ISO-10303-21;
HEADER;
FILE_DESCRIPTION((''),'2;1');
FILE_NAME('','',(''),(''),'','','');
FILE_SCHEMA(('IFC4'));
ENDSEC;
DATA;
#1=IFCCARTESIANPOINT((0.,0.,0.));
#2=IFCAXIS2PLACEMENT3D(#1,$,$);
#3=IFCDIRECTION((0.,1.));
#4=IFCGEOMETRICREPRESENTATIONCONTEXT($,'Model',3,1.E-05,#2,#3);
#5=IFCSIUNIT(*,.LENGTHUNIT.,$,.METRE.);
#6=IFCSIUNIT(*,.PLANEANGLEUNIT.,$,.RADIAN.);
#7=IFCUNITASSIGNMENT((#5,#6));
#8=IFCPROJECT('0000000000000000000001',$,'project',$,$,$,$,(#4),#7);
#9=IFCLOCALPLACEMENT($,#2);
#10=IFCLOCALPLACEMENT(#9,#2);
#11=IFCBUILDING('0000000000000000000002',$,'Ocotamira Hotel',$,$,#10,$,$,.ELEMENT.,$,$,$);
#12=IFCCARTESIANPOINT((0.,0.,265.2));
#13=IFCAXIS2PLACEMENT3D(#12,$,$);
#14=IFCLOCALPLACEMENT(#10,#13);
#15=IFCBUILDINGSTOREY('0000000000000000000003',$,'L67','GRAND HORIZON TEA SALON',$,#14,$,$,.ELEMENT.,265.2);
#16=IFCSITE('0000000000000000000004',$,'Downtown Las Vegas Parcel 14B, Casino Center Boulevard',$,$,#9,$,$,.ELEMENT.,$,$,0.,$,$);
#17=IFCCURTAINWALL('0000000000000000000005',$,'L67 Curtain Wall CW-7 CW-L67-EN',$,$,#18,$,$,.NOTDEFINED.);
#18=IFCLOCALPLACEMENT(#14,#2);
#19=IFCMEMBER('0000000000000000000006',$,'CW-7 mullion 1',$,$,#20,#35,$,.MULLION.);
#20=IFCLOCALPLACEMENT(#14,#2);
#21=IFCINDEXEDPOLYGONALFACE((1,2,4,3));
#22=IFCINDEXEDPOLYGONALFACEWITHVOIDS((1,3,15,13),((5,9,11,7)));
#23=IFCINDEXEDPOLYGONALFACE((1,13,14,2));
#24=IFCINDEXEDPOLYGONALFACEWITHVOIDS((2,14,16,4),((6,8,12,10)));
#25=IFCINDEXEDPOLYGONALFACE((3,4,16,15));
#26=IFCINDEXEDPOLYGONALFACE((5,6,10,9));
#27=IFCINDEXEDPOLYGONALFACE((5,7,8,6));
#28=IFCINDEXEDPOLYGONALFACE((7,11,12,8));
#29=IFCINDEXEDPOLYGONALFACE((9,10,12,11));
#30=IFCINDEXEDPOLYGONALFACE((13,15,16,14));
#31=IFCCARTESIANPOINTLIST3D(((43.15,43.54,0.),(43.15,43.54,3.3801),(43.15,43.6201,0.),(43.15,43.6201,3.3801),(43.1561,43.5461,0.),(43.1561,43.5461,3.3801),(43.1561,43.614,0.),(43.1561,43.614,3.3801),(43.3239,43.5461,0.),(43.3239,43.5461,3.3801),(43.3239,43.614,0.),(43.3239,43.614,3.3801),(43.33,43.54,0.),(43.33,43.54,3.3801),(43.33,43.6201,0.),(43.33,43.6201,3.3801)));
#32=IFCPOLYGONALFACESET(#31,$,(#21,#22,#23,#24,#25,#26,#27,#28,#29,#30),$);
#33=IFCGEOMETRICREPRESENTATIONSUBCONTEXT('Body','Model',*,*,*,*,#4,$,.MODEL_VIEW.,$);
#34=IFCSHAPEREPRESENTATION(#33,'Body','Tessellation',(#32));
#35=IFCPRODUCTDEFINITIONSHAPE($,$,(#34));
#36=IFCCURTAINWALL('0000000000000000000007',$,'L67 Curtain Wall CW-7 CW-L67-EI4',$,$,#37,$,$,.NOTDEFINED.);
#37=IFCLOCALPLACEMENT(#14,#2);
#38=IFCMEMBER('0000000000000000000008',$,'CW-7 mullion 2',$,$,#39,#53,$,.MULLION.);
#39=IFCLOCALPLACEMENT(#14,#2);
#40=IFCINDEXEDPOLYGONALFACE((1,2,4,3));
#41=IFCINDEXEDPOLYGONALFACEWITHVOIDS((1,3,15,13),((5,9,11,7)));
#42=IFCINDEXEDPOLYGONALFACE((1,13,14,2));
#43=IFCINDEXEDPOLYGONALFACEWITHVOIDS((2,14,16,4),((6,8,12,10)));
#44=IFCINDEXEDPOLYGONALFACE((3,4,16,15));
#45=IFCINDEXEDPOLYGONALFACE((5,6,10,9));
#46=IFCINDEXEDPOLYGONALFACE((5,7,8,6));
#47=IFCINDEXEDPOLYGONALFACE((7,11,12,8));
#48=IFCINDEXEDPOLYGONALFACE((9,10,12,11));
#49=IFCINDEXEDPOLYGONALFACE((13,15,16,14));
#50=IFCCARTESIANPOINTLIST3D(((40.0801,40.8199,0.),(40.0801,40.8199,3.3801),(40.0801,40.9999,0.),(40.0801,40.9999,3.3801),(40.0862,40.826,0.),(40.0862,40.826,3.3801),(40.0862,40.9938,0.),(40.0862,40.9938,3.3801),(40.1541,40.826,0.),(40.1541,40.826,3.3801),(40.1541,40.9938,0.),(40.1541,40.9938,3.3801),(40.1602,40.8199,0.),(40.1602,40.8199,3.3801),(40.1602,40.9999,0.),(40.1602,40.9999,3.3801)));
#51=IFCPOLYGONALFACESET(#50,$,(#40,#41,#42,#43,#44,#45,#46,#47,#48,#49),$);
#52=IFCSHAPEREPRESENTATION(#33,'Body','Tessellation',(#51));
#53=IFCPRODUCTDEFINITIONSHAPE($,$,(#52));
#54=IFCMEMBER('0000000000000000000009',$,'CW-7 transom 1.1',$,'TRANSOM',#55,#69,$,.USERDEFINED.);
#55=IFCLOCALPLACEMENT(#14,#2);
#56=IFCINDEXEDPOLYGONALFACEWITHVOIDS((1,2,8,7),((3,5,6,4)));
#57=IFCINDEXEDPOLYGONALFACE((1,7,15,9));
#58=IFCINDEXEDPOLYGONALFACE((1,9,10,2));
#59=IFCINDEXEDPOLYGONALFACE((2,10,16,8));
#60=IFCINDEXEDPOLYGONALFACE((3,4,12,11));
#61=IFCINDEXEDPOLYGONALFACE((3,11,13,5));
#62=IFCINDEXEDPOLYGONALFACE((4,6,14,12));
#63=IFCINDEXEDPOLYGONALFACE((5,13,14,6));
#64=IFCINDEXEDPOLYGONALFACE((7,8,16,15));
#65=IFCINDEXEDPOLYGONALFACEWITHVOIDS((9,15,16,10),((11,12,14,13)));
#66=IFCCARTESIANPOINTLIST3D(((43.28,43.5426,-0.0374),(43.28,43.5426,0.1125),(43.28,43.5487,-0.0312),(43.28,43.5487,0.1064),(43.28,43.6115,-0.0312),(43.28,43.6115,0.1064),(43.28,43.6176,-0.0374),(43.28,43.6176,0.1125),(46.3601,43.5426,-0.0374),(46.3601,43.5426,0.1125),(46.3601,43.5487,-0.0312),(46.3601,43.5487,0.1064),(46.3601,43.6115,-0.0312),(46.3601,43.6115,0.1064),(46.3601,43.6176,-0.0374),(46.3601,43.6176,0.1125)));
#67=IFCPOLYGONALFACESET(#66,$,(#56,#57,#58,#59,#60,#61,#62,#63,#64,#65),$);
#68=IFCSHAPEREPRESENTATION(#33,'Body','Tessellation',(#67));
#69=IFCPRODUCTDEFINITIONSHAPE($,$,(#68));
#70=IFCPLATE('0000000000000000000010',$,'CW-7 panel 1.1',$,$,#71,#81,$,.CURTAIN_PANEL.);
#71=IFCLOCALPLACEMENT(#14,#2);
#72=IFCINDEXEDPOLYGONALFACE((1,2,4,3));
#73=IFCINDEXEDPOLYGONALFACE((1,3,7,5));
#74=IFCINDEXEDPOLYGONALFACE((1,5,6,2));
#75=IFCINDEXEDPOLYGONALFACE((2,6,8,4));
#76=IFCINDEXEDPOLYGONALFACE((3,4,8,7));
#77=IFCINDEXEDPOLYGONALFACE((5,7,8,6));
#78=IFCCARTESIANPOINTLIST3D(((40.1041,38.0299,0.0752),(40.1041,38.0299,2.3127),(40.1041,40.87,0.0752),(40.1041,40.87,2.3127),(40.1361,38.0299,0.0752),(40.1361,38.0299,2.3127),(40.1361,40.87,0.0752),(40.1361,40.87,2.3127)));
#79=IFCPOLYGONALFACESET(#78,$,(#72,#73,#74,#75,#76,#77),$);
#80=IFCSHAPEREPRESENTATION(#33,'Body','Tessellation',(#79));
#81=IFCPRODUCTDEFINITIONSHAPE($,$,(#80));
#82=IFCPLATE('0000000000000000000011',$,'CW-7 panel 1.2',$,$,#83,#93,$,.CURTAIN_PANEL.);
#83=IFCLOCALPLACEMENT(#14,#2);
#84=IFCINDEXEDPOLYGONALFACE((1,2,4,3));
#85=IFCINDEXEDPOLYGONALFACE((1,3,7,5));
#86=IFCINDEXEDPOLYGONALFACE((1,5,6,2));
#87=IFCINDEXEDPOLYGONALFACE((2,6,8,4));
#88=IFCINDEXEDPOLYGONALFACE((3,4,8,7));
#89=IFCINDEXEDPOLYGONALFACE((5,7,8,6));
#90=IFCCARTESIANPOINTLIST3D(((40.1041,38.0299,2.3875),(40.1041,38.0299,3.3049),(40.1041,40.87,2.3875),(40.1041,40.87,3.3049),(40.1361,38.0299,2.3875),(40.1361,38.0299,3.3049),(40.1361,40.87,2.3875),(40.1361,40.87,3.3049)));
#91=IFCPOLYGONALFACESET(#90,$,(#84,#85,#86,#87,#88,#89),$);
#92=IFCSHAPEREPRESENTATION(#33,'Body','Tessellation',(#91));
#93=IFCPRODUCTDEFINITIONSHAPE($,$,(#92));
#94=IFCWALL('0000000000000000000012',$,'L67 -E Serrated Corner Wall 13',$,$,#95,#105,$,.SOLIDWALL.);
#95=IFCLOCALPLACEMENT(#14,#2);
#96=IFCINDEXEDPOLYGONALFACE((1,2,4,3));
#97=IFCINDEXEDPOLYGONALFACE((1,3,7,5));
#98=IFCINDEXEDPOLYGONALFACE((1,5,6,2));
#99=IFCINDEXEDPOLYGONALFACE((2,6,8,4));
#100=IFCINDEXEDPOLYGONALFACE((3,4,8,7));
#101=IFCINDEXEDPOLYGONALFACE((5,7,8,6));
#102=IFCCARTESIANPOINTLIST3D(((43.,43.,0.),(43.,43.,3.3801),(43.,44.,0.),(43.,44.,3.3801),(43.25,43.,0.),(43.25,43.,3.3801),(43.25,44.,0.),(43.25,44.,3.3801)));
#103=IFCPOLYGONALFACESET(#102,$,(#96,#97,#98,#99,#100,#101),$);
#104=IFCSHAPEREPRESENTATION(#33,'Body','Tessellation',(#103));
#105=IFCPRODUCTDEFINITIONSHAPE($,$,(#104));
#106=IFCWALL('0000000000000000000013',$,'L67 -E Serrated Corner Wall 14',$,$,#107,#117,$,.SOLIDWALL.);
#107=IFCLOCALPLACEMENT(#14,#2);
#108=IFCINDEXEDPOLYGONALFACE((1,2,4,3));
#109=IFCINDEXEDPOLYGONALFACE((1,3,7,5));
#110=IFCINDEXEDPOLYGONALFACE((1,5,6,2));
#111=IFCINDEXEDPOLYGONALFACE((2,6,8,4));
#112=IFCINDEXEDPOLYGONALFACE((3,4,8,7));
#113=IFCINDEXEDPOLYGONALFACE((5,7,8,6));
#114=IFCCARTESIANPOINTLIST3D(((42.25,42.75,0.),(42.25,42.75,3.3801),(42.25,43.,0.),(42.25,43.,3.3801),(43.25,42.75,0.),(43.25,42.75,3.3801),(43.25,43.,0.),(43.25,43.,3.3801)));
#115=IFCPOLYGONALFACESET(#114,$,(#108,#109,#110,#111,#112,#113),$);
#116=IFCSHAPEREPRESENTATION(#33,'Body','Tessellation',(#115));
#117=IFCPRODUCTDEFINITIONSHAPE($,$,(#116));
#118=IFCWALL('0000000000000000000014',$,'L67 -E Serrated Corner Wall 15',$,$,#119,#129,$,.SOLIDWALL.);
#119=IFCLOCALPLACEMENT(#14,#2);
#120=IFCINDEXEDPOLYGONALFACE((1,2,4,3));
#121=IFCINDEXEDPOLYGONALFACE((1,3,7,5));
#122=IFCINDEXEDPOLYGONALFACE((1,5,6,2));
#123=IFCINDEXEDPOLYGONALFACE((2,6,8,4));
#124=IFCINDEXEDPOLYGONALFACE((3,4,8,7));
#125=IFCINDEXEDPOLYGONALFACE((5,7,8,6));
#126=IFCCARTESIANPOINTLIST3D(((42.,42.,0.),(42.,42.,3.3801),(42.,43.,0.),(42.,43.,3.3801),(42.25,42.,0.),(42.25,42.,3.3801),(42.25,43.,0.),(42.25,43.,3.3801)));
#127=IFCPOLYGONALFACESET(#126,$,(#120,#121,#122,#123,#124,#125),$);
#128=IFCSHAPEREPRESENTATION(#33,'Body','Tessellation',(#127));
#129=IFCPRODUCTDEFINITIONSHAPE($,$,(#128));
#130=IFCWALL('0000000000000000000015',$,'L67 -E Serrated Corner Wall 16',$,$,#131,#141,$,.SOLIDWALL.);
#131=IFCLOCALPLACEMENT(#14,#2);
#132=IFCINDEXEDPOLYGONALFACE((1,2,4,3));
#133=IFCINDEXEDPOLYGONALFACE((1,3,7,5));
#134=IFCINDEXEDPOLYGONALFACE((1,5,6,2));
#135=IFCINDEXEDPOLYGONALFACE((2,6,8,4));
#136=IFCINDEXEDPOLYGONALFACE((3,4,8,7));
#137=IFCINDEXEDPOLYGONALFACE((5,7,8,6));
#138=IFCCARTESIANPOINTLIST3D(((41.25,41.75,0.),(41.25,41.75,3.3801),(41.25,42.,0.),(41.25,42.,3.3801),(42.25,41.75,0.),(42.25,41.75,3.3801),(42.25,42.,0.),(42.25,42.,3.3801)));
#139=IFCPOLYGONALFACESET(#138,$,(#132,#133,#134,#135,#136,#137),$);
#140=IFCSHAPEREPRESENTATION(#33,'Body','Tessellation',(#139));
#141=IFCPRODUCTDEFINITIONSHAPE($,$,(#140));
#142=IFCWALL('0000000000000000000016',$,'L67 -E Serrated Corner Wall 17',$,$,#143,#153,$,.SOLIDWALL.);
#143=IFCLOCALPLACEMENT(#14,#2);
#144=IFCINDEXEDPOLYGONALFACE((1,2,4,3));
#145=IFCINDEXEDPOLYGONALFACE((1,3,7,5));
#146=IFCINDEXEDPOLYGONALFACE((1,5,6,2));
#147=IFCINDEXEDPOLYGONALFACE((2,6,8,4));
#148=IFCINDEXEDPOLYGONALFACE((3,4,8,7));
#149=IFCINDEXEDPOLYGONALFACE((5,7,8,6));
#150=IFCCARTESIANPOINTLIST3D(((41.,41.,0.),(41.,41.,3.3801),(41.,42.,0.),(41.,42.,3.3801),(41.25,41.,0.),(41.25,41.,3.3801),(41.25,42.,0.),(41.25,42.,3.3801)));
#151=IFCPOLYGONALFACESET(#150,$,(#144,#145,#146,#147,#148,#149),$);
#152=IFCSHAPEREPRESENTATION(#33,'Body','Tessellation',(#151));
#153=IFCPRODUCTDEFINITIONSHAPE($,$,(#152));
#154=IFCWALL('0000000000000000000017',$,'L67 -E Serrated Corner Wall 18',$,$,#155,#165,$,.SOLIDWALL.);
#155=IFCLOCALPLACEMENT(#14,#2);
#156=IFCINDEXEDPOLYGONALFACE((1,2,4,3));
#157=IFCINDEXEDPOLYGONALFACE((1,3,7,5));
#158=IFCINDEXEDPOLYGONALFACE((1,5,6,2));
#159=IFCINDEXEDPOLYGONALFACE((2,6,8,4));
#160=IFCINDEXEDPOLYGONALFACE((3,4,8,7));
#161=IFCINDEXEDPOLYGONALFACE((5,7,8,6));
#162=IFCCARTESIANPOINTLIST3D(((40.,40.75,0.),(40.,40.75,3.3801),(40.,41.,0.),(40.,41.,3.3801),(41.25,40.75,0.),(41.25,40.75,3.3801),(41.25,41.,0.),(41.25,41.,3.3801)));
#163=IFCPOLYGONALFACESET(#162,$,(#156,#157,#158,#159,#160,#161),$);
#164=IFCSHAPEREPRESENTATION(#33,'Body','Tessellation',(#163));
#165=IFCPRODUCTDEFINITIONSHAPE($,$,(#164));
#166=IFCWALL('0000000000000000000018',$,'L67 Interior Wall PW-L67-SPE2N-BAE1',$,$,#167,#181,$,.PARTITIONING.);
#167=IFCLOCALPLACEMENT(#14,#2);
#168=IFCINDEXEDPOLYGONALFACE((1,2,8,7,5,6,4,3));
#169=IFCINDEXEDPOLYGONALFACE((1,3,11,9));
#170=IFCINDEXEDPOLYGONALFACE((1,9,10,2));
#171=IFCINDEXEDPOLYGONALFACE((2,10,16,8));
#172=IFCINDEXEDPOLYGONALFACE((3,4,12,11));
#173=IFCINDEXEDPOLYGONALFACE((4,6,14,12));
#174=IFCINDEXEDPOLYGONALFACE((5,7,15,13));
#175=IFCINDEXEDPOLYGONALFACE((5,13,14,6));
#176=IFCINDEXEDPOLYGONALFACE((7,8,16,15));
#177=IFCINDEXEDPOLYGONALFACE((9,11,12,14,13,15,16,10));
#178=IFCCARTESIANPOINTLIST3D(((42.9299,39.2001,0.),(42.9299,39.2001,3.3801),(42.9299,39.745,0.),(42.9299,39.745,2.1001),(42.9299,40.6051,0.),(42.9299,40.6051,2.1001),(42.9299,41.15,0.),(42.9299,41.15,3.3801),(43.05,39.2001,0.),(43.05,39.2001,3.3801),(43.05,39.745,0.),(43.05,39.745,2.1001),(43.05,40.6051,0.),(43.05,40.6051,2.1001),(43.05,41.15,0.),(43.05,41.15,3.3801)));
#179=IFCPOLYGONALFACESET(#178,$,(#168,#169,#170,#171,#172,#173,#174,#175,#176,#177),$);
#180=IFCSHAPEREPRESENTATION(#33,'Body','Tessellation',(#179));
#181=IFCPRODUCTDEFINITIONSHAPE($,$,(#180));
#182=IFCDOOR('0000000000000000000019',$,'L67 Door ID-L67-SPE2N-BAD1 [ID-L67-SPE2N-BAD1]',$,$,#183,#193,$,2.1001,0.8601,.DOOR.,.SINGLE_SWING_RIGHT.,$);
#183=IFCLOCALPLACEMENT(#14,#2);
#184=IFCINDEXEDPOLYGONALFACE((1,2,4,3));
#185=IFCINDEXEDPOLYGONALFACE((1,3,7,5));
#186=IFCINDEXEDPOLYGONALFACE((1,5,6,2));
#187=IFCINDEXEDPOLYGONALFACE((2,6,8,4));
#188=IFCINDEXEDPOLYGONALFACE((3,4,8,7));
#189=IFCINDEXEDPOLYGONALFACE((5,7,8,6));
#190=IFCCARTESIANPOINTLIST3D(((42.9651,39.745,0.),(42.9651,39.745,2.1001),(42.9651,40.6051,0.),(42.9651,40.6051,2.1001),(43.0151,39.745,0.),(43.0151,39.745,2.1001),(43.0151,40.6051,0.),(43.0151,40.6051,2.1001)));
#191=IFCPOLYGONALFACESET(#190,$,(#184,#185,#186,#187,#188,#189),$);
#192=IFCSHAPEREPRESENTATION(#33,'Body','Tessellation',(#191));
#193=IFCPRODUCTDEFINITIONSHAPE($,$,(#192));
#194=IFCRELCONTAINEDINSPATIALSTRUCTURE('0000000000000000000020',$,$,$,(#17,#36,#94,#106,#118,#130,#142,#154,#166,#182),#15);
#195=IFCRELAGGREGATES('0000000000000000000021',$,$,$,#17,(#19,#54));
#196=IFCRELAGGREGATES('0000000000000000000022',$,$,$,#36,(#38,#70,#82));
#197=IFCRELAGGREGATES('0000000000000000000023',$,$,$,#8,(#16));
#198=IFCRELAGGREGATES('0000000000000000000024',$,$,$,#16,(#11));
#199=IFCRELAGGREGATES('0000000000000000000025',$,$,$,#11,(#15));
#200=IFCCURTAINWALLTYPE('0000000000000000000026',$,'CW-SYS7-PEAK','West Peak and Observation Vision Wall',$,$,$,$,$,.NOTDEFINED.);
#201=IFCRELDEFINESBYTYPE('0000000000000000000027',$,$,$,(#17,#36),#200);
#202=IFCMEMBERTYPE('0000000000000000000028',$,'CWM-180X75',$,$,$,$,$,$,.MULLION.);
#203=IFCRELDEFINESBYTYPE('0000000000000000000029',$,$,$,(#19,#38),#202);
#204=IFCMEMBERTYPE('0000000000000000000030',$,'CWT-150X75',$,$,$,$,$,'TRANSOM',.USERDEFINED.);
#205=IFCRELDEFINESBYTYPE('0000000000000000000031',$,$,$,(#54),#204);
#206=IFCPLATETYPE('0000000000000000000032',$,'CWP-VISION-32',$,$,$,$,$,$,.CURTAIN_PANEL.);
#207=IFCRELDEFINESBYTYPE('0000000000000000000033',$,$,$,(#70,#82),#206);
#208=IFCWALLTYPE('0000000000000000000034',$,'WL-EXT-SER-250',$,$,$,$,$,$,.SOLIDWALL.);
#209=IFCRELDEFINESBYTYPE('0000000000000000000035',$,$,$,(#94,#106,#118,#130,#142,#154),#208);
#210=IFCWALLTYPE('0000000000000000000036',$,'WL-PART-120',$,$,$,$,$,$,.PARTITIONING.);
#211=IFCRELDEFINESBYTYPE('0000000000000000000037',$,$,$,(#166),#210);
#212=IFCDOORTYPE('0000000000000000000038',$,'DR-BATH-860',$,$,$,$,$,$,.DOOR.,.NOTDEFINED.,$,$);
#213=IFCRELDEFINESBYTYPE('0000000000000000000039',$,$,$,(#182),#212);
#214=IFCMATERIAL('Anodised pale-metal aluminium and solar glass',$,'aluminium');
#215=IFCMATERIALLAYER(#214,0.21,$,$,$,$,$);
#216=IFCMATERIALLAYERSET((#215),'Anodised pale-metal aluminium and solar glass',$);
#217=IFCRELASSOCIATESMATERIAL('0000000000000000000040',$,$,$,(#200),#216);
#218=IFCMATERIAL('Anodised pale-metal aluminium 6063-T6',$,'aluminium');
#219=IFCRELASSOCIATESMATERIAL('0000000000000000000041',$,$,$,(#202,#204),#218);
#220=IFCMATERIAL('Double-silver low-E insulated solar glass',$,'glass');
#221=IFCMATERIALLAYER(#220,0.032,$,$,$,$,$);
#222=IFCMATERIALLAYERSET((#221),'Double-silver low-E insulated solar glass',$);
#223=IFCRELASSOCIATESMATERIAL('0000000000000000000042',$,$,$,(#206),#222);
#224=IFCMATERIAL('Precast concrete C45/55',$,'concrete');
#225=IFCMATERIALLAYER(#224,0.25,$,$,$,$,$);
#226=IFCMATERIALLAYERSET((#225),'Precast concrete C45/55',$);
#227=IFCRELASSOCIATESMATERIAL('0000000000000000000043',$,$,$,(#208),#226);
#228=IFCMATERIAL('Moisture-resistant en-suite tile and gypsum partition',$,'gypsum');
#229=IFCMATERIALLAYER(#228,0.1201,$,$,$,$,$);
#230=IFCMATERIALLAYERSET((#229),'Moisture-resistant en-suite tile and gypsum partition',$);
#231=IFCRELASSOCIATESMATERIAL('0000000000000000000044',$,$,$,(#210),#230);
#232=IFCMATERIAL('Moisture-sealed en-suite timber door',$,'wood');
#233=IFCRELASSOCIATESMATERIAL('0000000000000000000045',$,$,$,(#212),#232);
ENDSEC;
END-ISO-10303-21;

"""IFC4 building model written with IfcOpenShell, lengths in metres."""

from ifc_helpers import new_model, si_unit, direction, frame, frame_2d, origin, origin_2d, place, context, subcontext, project, spatial, rectangle, hollow_rectangle, extrude, source, transform, mapped, material, layer, layer_set, material_profile, profile_set, type_object, element, fill, aggregate, save


model = new_model("IFC4")

# Units and contexts
model_context = context("Model", 3, precision=1e-05, world=origin(), true_north=direction((0.0, 1.0)))
body_context = subcontext(model_context, "Body", "Model", "MODEL_VIEW")
ifc_project = project(units=[si_unit("LENGTHUNIT", "METRE"), si_unit("PLANEANGLEUNIT", "RADIAN")], contexts=[model_context])

# Site, building, storey
site_placement = place(None, origin())
site = spatial("IfcSite", under=ifc_project, at=site_placement, Name="Downtown Las Vegas Parcel 14B, Casino Center Boulevard", CompositionType="ELEMENT", RefElevation=0.0)
building_placement = place(site_placement, origin())
building = spatial("IfcBuilding", under=site, at=building_placement, Name="Ocotamira Hotel", CompositionType="ELEMENT")
storey_placement = place(building_placement, frame((0.0, 0.0, 265.2)))
storey = spatial("IfcBuildingStorey", under=building, at=storey_placement, Name="L67", Description="GRAND HORIZON TEA SALON", CompositionType="ELEMENT", Elevation=265.2)

# Curtain walls, members
ifc_material_1 = material(Name="Anodised pale-metal aluminium and solar glass", Category="aluminium")
ifc_layer_1 = layer(ifc_material_1, 0.21)
ifc_layer_set_1 = layer_set([ifc_layer_1], Name="Anodised pale-metal aluminium and solar glass")
curtain_wall_type = type_object("IfcCurtainWallType", Name="CW-SYS7-PEAK", Description="West Peak and Observation Vision Wall", PredefinedType="NOTDEFINED", material=ifc_layer_set_1)
curtain_wall_1_placement = place(storey_placement, origin())
curtain_wall_1 = element("IfcCurtainWall", 1, at=curtain_wall_1_placement, inside=storey, type_object=curtain_wall_type, Name="L67 Curtain Wall CW-7 CW-L67-EN", PredefinedType="NOTDEFINED")
ifc_material_2 = material(Name="Anodised pale-metal aluminium 6063-T6", Category="aluminium")
ifc_material_profile_1 = material_profile(ifc_material_2, hollow_rectangle(XDim=0.0801, YDim=0.1799, WallThickness=0.0061, at=origin_2d()), Name="HSS180X80X6")
ifc_profile_set_1 = profile_set([ifc_material_profile_1], Name="Anodised pale-metal aluminium 6063-T6")
member_type_1 = type_object("IfcMemberType", Name="CWM-180X75", PredefinedType="MULLION", material=ifc_profile_set_1)
shared_shape_1 = source(origin(), body_context, "Body", "SweptSolid", [
    extrude(hollow_rectangle(XDim=0.0801, YDim=0.1799, WallThickness=0.0061, at=origin_2d()), origin(), (0.0, 0.0, 1.0), 3.3801),
])
member_1_placement = place(storey_placement, frame((43.24, 43.5801, 0.0), z_axis=(0.0, 0.0, 1.0), x_axis=(0.0, 1.0, 0.0)))
member_1 = element("IfcMember", 2, at=member_1_placement, type_object=member_type_1, Name="CW-7 mullion 1", PredefinedType="MULLION", context=body_context, shape_type="MappedRepresentation", body=[
    mapped(shared_shape_1, transform((0.0, 0.0, 0.0), scale=1.0)),
])
curtain_wall_2_placement = place(storey_placement, origin())
curtain_wall_2 = element("IfcCurtainWall", 3, at=curtain_wall_2_placement, inside=storey, type_object=curtain_wall_type, Name="L67 Curtain Wall CW-7 CW-L67-EI4", PredefinedType="NOTDEFINED")
member_2_placement = place(storey_placement, frame((40.1201, 40.9099, 0.0), z_axis=(0.0, 0.0, 1.0), x_axis=(-1.0, 0.0, 0.0)))
member_2 = element("IfcMember", 4, at=member_2_placement, type_object=member_type_1, Name="CW-7 mullion 2", PredefinedType="MULLION", context=body_context, shape_type="MappedRepresentation", body=[
    mapped(shared_shape_1, transform((0.0, 0.0, 0.0), scale=1.0)),
])

# Member
ifc_material_profile_2 = material_profile(ifc_material_2, hollow_rectangle(XDim=0.075, YDim=0.1499, WallThickness=0.0061, at=origin_2d()), Name="HSS150X75X6")
ifc_profile_set_2 = profile_set([ifc_material_profile_2], Name="Anodised pale-metal aluminium 6063-T6")
member_type_2 = type_object("IfcMemberType", Name="CWT-150X75", ElementType="TRANSOM", PredefinedType="USERDEFINED", material=ifc_profile_set_2)
shared_shape_2 = source(origin(), body_context, "Body", "SweptSolid", [
    extrude(hollow_rectangle(XDim=0.075, YDim=0.1499, WallThickness=0.0061, at=origin_2d()), origin(), (0.0, 0.0, 1.0), 3.0801),
])
member_3_placement = place(storey_placement, frame((43.28, 43.5801, 0.0376), z_axis=(1.0, 0.0, 0.0), x_axis=(0.0, 1.0, 0.0)))
member_3 = element("IfcMember", 5, at=member_3_placement, type_object=member_type_2, Name="CW-7 transom 1.1", ObjectType="TRANSOM", PredefinedType="USERDEFINED", context=body_context, shape_type="MappedRepresentation", body=[
    mapped(shared_shape_2, transform((0.0, 0.0, 0.0), scale=1.0)),
])
aggregate(curtain_wall_1, [member_1, member_3])

# Plates
ifc_material_3 = material(Name="Double-silver low-E insulated solar glass", Category="glass")
ifc_layer_2 = layer(ifc_material_3, 0.032)
ifc_layer_set_2 = layer_set([ifc_layer_2], Name="Double-silver low-E insulated solar glass")
plate_type = type_object("IfcPlateType", Name="CWP-VISION-32", PredefinedType="CURTAIN_PANEL", material=ifc_layer_set_2)
shared_shape_3 = source(origin(), body_context, "Body", "SweptSolid", [
    extrude(rectangle(XDim=2.8401, YDim=0.032, at=origin_2d()), origin(), (0.0, 0.0, 1.0), 2.2375),
])
plate_1_placement = place(storey_placement, frame((40.1201, 39.45, 0.0752), z_axis=(0.0, 0.0, 1.0), x_axis=(0.0, 1.0, 0.0)))
plate_1 = element("IfcPlate", 6, at=plate_1_placement, type_object=plate_type, Name="CW-7 panel 1.1", PredefinedType="CURTAIN_PANEL", context=body_context, shape_type="MappedRepresentation", body=[
    mapped(shared_shape_3, transform((0.0, 0.0, 0.0), scale=1.0)),
])
shared_shape_4 = source(origin(), body_context, "Body", "SweptSolid", [
    extrude(rectangle(XDim=2.8401, YDim=0.032, at=origin_2d()), origin(), (0.0, 0.0, 1.0), 0.9175),
])
plate_2_placement = place(storey_placement, frame((40.1201, 39.45, 2.3875), z_axis=(0.0, 0.0, 1.0), x_axis=(0.0, 1.0, 0.0)))
plate_2 = element("IfcPlate", 7, at=plate_2_placement, type_object=plate_type, Name="CW-7 panel 1.2", PredefinedType="CURTAIN_PANEL", context=body_context, shape_type="MappedRepresentation", body=[
    mapped(shared_shape_4, transform((0.0, 0.0, 0.0), scale=1.0)),
])
aggregate(curtain_wall_2, [member_2, plate_1, plate_2])

# Walls
ifc_material_4 = material(Name="Precast concrete C45/55", Category="concrete")
ifc_layer_3 = layer(ifc_material_4, 0.25)
ifc_layer_set_3 = layer_set([ifc_layer_3], Name="Precast concrete C45/55")
wall_type_1 = type_object("IfcWallType", Name="WL-EXT-SER-250", PredefinedType="SOLIDWALL", material=ifc_layer_set_3)
for number, where, z_axis, x_axis, name in (
    (8, (43.125, 44.0, 0.0), (0.0, 0.0, 1.0), (0.0, -1.0, 0.0), "L67 -E Serrated Corner Wall 13"),
    (9, (43.25, 42.875, 0.0), (0.0, 0.0, 1.0), (-1.0, 0.0, 0.0), "L67 -E Serrated Corner Wall 14"),
    (10, (42.125, 43.0, 0.0), (0.0, 0.0, 1.0), (0.0, -1.0, 0.0), "L67 -E Serrated Corner Wall 15"),
    (11, (42.25, 41.875, 0.0), (0.0, 0.0, 1.0), (-1.0, 0.0, 0.0), "L67 -E Serrated Corner Wall 16"),
    (12, (41.125, 42.0, 0.0), (0.0, 0.0, 1.0), (0.0, -1.0, 0.0), "L67 -E Serrated Corner Wall 17"),
):
    element("IfcWall", number, at=place(storey_placement, frame(where, z_axis=z_axis, x_axis=x_axis)), inside=storey, type_object=wall_type_1, Name=name, PredefinedType="SOLIDWALL", context=body_context, shape_type="SweptSolid", body=[
        extrude(rectangle(XDim=1.0, YDim=0.25, at=frame_2d((0.5, 0.0))), origin(), (0.0, 0.0, 1.0), 3.3801),
    ])
wall_1_placement = place(storey_placement, frame((41.25, 40.875, 0.0), z_axis=(0.0, 0.0, 1.0), x_axis=(-1.0, 0.0, 0.0)))
element("IfcWall", 13, at=wall_1_placement, inside=storey, type_object=wall_type_1, Name="L67 -E Serrated Corner Wall 18", PredefinedType="SOLIDWALL", context=body_context, shape_type="SweptSolid", body=[
    extrude(rectangle(XDim=1.25, YDim=0.25, at=frame_2d((0.625, 0.0))), origin(), (0.0, 0.0, 1.0), 3.3801),
])

# Wall, opening, door
ifc_material_5 = material(Name="Moisture-resistant en-suite tile and gypsum partition", Category="gypsum")
ifc_layer_4 = layer(ifc_material_5, 0.1201)
ifc_layer_set_4 = layer_set([ifc_layer_4], Name="Moisture-resistant en-suite tile and gypsum partition")
wall_type_2 = type_object("IfcWallType", Name="WL-PART-120", PredefinedType="PARTITIONING", material=ifc_layer_set_4)
wall_2_placement = place(storey_placement, frame((42.99, 39.2, 0.0), z_axis=(0.0, 0.0, 1.0), x_axis=(0.0, 1.0, 0.0)))
wall_2 = element("IfcWall", 14, at=wall_2_placement, inside=storey, type_object=wall_type_2, Name="L67 Interior Wall PW-L67-SPE2N-BAE1", PredefinedType="PARTITIONING", context=body_context, shape_type="SweptSolid", body=[
    extrude(rectangle(XDim=1.95, YDim=0.1201, at=frame_2d((0.9751, 0.0))), origin(), (0.0, 0.0, 1.0), 3.3801),
])
opening_1_placement = place(wall_2_placement, frame((0.5449, 0.0, 0.0)))
opening_1 = element("IfcOpeningElement", 15, at=opening_1_placement, cuts=wall_2, PredefinedType="OPENING", context=body_context, shape_type="SweptSolid", body=[
    extrude(rectangle(XDim=0.8601, YDim=2.1001, at=frame_2d((0.4302, 1.05))), frame((0.0, 0.0701, 0.0), z_axis=(0.0, -1.0, 0.0), x_axis=(1.0, 0.0, 0.0)), (0.0, 0.0, 1.0), 0.1401),
])
ifc_material_6 = material(Name="Moisture-sealed en-suite timber door", Category="wood")
door_type_1 = type_object("IfcDoorType", Name="DR-BATH-860", OperationType="NOTDEFINED", PredefinedType="DOOR", material=ifc_material_6)
shared_shape_5 = source(origin(), body_context, "Body", "SweptSolid", [
    extrude(rectangle(XDim=0.8601, YDim=2.1001, at=frame_2d((0.4302, 1.05))), frame((0.0, 0.0249, 0.0), z_axis=(0.0, -1.0, 0.0), x_axis=(1.0, 0.0, 0.0)), (0.0, 0.0, 1.0), 0.05),
])
door_1_placement = place(opening_1_placement, origin())
door_1 = element("IfcDoor", 16, at=door_1_placement, inside=storey, type_object=door_type_1, Name="L67 Door ID-L67-SPE2N-BAD1 [ID-L67-SPE2N-BAD1]", OperationType="SINGLE_SWING_RIGHT", OverallHeight=2.1001, OverallWidth=0.8601, PredefinedType="DOOR", context=body_context, shape_type="MappedRepresentation", body=[
    mapped(shared_shape_5, transform((0.0, 0.0, 0.0), scale=1.0)),
])
fill(opening_1, door_1)

save(model, "model.ifc")
